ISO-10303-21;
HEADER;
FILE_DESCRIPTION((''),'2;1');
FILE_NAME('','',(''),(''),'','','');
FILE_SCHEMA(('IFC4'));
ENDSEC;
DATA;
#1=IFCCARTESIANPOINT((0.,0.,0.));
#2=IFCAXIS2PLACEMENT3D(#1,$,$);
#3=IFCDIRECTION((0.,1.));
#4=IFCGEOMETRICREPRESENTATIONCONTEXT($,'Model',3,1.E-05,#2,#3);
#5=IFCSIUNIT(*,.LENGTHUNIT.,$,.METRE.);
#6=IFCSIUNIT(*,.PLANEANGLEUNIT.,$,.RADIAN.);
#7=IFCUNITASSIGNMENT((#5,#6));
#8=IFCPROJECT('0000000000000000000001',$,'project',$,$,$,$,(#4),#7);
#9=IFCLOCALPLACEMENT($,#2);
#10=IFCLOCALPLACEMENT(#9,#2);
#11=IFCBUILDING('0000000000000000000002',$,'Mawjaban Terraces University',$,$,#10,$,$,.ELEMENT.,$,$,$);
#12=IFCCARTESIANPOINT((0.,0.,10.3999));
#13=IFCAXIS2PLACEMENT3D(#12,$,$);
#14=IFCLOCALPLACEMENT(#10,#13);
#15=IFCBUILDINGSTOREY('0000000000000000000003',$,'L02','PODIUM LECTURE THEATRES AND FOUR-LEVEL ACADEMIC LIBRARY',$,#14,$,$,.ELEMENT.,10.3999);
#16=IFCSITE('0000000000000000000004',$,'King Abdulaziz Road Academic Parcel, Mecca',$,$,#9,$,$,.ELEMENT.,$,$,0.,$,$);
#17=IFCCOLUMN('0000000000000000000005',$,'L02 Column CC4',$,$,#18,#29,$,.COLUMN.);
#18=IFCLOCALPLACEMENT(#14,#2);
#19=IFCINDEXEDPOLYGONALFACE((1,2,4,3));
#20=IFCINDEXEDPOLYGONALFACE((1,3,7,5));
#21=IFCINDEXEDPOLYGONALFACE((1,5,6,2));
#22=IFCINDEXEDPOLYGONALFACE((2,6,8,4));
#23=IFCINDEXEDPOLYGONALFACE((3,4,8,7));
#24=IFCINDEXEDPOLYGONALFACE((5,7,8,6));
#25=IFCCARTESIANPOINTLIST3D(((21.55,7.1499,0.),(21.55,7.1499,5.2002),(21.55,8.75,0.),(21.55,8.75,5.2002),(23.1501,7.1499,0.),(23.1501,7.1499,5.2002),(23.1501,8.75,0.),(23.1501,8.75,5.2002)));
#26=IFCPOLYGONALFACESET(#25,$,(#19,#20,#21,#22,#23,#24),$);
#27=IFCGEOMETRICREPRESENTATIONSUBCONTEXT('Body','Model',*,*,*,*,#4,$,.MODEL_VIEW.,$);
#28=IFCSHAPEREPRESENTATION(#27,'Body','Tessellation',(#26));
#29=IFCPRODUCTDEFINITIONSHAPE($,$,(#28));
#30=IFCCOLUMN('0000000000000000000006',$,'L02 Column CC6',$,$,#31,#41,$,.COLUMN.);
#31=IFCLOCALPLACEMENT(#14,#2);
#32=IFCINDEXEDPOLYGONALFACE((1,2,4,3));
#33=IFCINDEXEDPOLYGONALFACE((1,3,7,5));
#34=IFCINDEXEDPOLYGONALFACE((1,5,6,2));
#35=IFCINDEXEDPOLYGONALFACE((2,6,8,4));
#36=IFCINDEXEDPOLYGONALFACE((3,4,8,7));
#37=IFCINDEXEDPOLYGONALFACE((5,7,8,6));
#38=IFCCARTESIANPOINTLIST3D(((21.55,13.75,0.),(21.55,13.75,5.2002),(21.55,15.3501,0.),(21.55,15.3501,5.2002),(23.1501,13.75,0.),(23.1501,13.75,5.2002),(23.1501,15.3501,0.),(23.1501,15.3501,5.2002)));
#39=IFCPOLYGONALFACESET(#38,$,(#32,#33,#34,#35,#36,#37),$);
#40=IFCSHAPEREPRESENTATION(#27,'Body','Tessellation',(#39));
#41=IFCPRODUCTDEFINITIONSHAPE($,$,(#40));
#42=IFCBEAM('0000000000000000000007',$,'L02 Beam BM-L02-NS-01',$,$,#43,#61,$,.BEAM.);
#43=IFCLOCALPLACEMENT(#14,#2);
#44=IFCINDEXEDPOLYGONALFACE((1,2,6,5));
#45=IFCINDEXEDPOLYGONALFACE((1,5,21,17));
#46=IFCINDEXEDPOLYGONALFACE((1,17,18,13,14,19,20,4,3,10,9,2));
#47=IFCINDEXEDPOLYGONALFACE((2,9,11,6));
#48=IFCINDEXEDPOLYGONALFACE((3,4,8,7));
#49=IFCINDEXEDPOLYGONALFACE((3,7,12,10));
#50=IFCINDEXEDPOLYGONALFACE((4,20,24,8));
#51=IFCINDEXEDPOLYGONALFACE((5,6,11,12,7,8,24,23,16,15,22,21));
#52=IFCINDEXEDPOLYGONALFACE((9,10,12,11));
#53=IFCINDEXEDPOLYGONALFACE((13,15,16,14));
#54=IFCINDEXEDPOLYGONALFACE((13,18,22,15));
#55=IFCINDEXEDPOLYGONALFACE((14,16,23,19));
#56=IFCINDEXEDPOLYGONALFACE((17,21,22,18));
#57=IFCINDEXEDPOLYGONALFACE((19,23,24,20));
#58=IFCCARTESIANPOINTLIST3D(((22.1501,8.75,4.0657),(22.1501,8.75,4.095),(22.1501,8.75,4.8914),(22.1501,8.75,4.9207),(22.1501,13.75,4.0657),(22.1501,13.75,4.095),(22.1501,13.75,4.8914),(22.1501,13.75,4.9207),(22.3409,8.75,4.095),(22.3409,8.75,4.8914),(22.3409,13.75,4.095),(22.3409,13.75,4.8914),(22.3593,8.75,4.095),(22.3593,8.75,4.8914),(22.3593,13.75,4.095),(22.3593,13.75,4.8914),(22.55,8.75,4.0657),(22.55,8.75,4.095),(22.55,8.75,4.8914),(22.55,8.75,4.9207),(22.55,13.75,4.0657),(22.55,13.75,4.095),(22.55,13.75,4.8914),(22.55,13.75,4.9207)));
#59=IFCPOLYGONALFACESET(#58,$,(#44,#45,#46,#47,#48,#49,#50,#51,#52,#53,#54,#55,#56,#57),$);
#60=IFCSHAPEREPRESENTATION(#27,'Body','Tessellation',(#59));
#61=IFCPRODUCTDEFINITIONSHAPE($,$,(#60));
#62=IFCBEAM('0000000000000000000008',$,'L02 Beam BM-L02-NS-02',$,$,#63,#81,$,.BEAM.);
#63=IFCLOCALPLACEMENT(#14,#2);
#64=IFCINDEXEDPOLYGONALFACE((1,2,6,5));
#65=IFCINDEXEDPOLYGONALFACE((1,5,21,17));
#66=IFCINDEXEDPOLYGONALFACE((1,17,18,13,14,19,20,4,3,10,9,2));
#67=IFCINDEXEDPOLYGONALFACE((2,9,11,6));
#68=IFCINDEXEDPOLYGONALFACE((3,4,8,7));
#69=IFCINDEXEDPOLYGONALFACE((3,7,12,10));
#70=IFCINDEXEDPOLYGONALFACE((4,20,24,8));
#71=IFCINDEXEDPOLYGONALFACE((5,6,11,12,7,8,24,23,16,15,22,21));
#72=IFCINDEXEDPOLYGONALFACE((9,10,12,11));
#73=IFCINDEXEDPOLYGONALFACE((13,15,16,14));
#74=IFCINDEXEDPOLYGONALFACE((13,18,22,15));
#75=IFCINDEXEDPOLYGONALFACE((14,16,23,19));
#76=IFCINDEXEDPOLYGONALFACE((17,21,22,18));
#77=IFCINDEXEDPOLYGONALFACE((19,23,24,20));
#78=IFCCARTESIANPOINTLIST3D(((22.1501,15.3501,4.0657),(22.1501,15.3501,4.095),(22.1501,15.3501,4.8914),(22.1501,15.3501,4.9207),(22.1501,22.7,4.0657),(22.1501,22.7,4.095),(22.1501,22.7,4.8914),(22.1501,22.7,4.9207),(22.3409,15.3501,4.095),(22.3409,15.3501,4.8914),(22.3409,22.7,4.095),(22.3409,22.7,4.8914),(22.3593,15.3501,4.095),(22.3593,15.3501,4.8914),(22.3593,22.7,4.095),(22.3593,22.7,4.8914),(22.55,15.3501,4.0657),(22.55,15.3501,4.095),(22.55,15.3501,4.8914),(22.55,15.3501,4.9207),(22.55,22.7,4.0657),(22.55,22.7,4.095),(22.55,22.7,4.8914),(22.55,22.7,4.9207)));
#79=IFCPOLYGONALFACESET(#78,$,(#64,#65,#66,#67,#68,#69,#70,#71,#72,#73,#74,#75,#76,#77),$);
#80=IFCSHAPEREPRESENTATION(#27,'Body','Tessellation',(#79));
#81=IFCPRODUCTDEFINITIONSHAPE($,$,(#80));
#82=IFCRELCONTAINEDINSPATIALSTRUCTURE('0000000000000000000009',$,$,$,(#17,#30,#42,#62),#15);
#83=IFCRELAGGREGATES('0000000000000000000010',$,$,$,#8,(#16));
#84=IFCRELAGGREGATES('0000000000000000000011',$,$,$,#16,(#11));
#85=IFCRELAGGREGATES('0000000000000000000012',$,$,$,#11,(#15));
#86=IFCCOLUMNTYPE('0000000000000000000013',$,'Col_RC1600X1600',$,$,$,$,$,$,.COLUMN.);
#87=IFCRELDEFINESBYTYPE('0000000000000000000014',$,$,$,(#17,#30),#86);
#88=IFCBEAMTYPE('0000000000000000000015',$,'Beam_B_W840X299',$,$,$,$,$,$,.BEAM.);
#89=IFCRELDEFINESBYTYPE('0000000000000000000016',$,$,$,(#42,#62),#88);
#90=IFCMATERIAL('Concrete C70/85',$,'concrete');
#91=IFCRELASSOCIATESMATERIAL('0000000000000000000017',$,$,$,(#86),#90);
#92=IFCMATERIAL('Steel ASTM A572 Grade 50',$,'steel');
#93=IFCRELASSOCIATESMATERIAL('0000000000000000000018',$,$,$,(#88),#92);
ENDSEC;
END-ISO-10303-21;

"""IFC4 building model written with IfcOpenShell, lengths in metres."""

from ifc_helpers import new_model, si_unit, direction, frame, origin, origin_2d, place, context, subcontext, project, spatial, rectangle, i_section, extrude, material, material_profile, profile_set, type_object, element, save


model = new_model("IFC4")

# Units and contexts
model_context = context("Model", 3, precision=1e-05, world=origin(), true_north=direction((0.0, 1.0)))
body_context = subcontext(model_context, "Body", "Model", "MODEL_VIEW")
ifc_project = project(units=[si_unit("LENGTHUNIT", "METRE"), si_unit("PLANEANGLEUNIT", "RADIAN")], contexts=[model_context])

# Site, building, storey
site_placement = place(None, origin())
site = spatial("IfcSite", under=ifc_project, at=site_placement, Name="King Abdulaziz Road Academic Parcel, Mecca", CompositionType="ELEMENT", RefElevation=0.0)
building_placement = place(site_placement, origin())
building = spatial("IfcBuilding", under=site, at=building_placement, Name="Mawjaban Terraces University", CompositionType="ELEMENT")
storey_placement = place(building_placement, frame((0.0, 0.0, 10.3999)))
storey = spatial("IfcBuildingStorey", under=building, at=storey_placement, Name="L02", Description="PODIUM LECTURE THEATRES AND FOUR-LEVEL ACADEMIC LIBRARY", CompositionType="ELEMENT", Elevation=10.3999)

# Columns
ifc_material_1 = material(Name="Concrete C70/85", Category="concrete")
ifc_material_profile_1 = material_profile(ifc_material_1, rectangle(XDim=1.6001, YDim=1.6001, at=origin_2d()), Name="RC1600X1600")
ifc_profile_set_1 = profile_set([ifc_material_profile_1], Name="Concrete C70/85")
column_type = type_object("IfcColumnType", Name="Col_RC1600X1600", PredefinedType="COLUMN", material=ifc_profile_set_1)
for number, where, z_axis, x_axis, name in (
    (1, (22.3501, 7.95, 0.0), (0.0, 0.0, 1.0), (1.0, 0.0, 0.0), "L02 Column CC4"),
    (2, (22.3501, 14.55, 0.0), (0.0, 0.0, 1.0), (1.0, 0.0, 0.0), "L02 Column CC6"),
):
    element("IfcColumn", number, at=place(storey_placement, frame(where, z_axis=z_axis, x_axis=x_axis)), inside=storey, type_object=column_type, Name=name, PredefinedType="COLUMN", context=body_context, shape_type="SweptSolid", body=[
        extrude(rectangle(XDim=1.6001, YDim=1.6001, at=origin_2d()), origin(), (0.0, 0.0, 1.0), 5.2002),
    ])

# Beams
ifc_material_2 = material(Name="Steel ASTM A572 Grade 50", Category="steel")
ifc_material_profile_2 = material_profile(ifc_material_2, i_section(OverallWidth=0.3999, OverallDepth=0.855, WebThickness=0.0183, FlangeThickness=0.0293, at=origin_2d()), Name="W840X299")
ifc_profile_set_2 = profile_set([ifc_material_profile_2], Name="Steel ASTM A572 Grade 50")
beam_type = type_object("IfcBeamType", Name="Beam_B_W840X299", PredefinedType="BEAM", material=ifc_profile_set_2)
beam_1_placement = place(storey_placement, frame((22.3501, 8.75, 4.4932), z_axis=(0.0, 1.0, 0.0), x_axis=(-1.0, 0.0, 0.0)))
element("IfcBeam", 3, at=beam_1_placement, inside=storey, type_object=beam_type, Name="L02 Beam BM-L02-NS-01", PredefinedType="BEAM", context=body_context, shape_type="SweptSolid", body=[
    extrude(i_section(OverallWidth=0.3999, OverallDepth=0.855, WebThickness=0.0183, FlangeThickness=0.0293, at=origin_2d()), origin(), (0.0, 0.0, 1.0), 5.0),
])
beam_2_placement = place(storey_placement, frame((22.3501, 15.3501, 4.4932), z_axis=(0.0, 1.0, 0.0), x_axis=(-1.0, 0.0, 0.0)))
element("IfcBeam", 4, at=beam_2_placement, inside=storey, type_object=beam_type, Name="L02 Beam BM-L02-NS-02", PredefinedType="BEAM", context=body_context, shape_type="SweptSolid", body=[
    extrude(i_section(OverallWidth=0.3999, OverallDepth=0.855, WebThickness=0.0183, FlangeThickness=0.0293, at=origin_2d()), origin(), (0.0, 0.0, 1.0), 7.3499),
])

save(model, "model.ifc")
